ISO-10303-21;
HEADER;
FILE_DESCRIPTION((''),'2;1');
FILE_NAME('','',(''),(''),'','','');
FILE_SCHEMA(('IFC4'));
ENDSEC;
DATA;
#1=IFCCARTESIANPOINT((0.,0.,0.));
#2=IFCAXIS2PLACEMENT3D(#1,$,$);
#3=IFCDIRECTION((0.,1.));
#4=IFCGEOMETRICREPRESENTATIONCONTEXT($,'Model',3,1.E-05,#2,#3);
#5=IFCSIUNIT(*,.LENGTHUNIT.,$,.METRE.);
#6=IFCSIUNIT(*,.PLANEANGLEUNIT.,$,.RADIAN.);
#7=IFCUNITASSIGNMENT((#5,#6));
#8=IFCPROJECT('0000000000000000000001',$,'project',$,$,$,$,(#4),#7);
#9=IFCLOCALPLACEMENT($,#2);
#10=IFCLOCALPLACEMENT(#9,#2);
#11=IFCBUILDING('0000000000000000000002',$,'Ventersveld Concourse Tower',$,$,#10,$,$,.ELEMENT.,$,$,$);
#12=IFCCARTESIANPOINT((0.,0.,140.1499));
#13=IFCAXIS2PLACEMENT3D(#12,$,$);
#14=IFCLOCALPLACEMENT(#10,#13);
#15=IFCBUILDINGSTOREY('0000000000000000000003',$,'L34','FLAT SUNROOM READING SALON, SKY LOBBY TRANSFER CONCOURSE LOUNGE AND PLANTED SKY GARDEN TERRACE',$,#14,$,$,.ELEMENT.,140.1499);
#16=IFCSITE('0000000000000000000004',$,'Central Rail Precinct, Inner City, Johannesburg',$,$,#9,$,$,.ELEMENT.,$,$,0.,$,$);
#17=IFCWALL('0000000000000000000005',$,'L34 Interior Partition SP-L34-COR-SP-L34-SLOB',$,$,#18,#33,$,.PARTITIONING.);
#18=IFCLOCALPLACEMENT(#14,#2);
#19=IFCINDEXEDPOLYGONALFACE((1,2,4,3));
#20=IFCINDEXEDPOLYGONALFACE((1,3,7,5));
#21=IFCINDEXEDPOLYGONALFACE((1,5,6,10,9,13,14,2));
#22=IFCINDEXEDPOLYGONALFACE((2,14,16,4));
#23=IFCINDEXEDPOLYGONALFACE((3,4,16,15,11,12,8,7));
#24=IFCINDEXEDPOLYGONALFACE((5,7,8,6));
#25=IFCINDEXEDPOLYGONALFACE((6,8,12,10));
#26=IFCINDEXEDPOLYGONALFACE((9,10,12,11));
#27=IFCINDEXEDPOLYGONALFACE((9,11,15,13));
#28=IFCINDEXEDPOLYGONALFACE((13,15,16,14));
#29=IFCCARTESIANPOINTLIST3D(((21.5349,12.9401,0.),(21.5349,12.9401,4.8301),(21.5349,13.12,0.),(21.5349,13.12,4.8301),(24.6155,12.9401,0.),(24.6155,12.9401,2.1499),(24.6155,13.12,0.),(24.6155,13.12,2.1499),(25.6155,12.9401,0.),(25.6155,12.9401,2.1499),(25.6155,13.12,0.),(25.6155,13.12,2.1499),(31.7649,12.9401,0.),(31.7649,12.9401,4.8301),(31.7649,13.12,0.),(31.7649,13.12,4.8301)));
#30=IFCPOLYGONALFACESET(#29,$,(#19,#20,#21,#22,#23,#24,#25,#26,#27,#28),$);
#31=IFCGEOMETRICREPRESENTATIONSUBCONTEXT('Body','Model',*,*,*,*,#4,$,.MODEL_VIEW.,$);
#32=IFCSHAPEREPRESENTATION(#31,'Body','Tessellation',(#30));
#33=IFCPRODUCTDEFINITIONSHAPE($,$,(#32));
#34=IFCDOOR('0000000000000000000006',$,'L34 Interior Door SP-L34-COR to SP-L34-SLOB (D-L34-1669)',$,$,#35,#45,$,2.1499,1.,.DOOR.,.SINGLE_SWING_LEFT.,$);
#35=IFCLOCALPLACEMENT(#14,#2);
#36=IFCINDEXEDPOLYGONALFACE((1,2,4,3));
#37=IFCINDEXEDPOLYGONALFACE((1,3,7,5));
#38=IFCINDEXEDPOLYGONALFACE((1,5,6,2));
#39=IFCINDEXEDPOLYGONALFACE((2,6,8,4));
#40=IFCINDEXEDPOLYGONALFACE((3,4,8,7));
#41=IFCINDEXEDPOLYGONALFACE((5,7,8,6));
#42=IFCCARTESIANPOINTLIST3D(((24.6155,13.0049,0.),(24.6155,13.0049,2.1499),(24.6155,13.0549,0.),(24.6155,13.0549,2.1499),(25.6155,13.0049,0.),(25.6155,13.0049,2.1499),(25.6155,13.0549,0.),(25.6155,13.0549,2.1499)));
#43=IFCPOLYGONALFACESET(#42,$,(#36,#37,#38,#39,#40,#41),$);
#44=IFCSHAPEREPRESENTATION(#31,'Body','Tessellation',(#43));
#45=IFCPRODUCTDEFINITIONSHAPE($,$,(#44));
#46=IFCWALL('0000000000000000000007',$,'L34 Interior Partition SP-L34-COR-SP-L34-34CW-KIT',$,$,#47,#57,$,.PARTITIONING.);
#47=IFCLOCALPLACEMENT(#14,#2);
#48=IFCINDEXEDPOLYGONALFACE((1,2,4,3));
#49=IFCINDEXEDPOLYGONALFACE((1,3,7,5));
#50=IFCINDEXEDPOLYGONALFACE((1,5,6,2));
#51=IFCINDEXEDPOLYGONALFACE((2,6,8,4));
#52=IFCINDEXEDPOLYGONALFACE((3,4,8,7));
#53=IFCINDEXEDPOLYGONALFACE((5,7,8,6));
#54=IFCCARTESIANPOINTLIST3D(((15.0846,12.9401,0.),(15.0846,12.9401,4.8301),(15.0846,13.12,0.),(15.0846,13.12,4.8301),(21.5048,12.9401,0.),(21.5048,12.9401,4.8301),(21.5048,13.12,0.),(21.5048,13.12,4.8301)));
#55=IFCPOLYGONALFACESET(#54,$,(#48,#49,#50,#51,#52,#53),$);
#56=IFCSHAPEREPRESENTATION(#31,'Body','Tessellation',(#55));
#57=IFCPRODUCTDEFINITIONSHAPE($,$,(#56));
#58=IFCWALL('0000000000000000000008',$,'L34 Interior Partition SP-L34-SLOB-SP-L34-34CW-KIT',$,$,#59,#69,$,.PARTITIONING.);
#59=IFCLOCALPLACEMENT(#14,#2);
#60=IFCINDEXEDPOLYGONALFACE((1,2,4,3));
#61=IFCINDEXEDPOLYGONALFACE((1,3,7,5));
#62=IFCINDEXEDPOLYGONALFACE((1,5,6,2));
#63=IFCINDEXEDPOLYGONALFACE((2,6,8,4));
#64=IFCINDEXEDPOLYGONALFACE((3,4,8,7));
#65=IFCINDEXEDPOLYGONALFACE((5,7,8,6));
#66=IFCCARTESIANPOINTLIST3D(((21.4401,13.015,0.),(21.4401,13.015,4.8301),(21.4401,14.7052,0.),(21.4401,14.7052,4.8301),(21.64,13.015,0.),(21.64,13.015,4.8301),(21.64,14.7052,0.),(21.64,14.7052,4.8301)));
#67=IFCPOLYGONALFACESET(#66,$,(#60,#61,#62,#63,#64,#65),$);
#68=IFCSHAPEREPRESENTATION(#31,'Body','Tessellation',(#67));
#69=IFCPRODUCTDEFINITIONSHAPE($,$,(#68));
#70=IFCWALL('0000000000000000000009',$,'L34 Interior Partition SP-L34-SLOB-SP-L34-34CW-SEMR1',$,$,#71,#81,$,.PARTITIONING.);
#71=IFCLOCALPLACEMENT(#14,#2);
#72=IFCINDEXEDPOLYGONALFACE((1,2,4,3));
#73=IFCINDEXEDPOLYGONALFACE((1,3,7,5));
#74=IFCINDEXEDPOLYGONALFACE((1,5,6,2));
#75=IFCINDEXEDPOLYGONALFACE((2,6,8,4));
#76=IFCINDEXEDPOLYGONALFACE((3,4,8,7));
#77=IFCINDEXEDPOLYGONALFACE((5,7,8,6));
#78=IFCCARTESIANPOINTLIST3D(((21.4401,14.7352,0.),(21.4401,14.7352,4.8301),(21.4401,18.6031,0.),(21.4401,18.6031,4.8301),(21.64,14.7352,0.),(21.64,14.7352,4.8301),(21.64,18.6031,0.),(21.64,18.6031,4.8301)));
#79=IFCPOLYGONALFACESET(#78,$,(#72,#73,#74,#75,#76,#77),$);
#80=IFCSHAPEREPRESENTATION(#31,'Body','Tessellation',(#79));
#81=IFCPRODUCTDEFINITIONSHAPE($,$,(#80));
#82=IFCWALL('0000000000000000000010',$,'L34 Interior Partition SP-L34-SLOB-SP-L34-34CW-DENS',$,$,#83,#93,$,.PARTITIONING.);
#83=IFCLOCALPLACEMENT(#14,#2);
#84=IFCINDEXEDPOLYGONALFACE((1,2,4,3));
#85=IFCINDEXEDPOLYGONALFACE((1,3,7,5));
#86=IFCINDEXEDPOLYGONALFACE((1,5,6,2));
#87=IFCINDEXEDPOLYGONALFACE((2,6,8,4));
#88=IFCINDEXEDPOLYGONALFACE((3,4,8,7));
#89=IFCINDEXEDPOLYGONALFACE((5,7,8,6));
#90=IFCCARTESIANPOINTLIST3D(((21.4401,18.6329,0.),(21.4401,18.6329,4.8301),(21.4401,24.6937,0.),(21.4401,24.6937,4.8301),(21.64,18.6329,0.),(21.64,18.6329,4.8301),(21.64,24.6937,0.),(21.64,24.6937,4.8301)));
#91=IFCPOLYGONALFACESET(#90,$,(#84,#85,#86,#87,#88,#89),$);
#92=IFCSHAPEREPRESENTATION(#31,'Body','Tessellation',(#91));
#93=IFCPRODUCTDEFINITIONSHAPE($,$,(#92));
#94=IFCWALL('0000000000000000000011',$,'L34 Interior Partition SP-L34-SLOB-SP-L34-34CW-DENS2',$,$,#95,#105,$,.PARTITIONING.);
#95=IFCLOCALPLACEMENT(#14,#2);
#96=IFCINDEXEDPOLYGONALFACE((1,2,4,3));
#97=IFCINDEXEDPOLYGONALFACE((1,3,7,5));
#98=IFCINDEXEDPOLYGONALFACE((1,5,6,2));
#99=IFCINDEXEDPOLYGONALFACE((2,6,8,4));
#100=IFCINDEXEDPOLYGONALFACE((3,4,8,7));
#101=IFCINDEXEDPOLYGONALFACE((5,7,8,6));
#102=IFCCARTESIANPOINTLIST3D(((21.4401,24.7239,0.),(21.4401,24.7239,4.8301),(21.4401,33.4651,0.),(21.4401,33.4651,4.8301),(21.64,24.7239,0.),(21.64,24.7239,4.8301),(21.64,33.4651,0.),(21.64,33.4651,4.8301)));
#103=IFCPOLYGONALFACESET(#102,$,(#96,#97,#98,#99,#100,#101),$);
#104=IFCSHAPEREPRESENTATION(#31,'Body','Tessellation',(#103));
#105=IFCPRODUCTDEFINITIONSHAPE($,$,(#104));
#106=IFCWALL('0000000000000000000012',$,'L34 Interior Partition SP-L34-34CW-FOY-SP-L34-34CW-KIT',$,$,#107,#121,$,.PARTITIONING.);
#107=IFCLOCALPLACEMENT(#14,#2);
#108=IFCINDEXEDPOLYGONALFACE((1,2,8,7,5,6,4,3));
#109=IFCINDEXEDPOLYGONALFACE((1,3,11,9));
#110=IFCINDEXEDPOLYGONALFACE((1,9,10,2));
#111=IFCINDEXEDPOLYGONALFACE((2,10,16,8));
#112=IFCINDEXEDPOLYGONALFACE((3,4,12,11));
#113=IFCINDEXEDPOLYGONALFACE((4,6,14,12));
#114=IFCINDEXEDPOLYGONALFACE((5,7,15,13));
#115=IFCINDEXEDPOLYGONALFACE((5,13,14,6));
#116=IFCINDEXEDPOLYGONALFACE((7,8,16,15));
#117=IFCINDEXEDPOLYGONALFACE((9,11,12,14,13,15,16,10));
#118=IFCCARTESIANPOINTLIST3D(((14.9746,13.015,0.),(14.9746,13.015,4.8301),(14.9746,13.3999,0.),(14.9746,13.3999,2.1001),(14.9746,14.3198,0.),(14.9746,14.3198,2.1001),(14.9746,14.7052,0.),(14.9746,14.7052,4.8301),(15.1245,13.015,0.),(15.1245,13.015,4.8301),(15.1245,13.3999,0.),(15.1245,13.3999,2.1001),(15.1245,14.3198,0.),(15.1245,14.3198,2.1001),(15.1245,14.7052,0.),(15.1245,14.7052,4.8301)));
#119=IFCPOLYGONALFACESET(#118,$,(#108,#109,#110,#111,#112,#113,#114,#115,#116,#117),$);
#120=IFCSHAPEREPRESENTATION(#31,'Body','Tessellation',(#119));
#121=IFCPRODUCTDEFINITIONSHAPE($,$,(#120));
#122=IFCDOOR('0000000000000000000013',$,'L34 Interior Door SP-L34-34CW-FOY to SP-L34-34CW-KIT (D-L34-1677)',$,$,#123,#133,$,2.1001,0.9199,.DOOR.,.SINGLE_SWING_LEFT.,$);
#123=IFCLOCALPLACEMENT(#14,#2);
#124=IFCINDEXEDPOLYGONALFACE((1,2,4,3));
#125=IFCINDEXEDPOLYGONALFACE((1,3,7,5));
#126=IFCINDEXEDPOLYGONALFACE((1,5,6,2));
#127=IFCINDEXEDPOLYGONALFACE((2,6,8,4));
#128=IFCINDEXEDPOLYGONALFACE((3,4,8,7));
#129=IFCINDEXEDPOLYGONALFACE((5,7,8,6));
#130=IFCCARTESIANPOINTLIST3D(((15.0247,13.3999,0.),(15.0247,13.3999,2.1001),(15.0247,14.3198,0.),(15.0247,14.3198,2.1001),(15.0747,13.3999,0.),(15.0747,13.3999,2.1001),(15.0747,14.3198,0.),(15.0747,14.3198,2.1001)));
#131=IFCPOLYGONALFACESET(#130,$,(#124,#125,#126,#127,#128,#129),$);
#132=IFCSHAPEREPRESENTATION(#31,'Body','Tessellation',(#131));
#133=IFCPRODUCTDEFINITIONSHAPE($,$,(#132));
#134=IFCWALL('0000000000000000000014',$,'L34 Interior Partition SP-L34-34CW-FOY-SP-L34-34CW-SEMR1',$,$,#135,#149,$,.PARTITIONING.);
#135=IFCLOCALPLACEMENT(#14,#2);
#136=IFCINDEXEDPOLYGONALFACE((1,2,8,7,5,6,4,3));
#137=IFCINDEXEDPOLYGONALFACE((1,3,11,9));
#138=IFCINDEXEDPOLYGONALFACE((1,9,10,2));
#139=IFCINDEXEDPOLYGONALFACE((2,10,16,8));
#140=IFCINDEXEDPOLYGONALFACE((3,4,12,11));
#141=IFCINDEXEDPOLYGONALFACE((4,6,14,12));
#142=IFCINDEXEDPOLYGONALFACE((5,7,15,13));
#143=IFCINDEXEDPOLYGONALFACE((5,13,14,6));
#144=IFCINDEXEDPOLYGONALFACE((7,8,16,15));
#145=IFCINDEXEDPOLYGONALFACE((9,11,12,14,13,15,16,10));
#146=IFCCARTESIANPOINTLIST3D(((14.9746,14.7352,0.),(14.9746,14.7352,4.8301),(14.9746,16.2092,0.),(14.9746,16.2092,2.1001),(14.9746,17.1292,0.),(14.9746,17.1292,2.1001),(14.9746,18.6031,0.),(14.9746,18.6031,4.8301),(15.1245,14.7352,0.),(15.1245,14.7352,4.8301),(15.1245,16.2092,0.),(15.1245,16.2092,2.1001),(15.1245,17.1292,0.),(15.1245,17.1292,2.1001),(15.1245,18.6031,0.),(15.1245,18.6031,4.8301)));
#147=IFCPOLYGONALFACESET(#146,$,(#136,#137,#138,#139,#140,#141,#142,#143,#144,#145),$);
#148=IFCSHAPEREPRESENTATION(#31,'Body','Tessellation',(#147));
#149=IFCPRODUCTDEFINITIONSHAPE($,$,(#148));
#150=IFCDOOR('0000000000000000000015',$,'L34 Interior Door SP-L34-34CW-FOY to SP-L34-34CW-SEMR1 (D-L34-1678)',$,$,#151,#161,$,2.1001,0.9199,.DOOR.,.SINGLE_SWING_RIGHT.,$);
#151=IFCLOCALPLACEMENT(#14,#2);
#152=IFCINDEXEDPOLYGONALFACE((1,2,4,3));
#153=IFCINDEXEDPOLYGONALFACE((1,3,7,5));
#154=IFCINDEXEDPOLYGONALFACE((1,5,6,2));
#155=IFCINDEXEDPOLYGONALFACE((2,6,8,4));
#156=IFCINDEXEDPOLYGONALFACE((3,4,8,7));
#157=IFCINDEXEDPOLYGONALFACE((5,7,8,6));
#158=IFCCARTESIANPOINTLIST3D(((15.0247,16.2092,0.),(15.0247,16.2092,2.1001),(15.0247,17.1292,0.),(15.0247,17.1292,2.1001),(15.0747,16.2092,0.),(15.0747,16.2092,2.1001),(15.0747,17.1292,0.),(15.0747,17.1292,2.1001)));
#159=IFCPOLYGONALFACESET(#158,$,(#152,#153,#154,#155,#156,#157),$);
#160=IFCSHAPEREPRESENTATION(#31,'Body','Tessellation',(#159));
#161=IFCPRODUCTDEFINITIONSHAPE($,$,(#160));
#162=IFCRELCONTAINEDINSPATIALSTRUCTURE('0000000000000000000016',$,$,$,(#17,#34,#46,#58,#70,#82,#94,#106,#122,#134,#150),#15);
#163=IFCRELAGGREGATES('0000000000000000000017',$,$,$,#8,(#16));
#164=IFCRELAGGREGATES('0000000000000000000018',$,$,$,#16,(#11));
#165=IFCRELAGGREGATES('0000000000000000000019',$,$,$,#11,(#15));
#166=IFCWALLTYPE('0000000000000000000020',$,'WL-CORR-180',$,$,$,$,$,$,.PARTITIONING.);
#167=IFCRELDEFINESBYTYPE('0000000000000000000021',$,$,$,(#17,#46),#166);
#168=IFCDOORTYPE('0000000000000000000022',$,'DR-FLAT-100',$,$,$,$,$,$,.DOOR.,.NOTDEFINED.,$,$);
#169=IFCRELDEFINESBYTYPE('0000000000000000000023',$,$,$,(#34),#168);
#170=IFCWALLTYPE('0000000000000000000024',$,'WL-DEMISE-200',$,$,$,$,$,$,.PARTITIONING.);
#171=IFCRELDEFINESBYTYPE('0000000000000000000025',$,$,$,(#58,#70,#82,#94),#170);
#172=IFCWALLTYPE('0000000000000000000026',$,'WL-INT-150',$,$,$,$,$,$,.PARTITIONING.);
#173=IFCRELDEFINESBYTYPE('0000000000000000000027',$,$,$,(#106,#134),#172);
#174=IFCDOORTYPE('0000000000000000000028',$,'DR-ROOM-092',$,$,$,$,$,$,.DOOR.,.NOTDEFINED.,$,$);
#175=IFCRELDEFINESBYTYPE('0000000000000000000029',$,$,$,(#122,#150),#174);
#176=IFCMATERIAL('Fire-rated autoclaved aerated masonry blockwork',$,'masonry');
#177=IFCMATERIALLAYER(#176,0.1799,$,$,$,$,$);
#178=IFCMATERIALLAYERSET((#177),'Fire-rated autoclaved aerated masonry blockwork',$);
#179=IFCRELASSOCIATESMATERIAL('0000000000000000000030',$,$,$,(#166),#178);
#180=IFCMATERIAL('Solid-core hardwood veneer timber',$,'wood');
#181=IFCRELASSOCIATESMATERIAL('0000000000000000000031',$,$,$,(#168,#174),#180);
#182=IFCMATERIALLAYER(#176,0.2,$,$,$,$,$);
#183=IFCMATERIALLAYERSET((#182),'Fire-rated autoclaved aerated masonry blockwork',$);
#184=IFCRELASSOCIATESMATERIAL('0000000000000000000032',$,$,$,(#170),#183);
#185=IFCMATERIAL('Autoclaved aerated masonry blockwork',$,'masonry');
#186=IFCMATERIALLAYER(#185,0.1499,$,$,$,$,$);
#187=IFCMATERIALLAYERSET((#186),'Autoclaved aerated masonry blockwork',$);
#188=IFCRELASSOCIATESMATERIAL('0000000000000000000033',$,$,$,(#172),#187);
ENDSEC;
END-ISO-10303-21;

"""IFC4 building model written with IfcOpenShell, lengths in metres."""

from ifc_helpers import new_model, si_unit, direction, frame, frame_2d, origin, place, context, subcontext, project, spatial, rectangle, extrude, material, layer, layer_set, type_object, element, fill, save


model = new_model("IFC4")

# Units and contexts
model_context = context("Model", 3, precision=1e-05, world=origin(), true_north=direction((0.0, 1.0)))
body_context = subcontext(model_context, "Body", "Model", "MODEL_VIEW")
ifc_project = project(units=[si_unit("LENGTHUNIT", "METRE"), si_unit("PLANEANGLEUNIT", "RADIAN")], contexts=[model_context])

# Site, building, storey
site_placement = place(None, origin())
site = spatial("IfcSite", under=ifc_project, at=site_placement, Name="Central Rail Precinct, Inner City, Johannesburg", CompositionType="ELEMENT", RefElevation=0.0)
building_placement = place(site_placement, origin())
building = spatial("IfcBuilding", under=site, at=building_placement, Name="Ventersveld Concourse Tower", CompositionType="ELEMENT")
storey_placement = place(building_placement, frame((0.0, 0.0, 140.1499)))
storey = spatial("IfcBuildingStorey", under=building, at=storey_placement, Name="L34", Description="FLAT SUNROOM READING SALON, SKY LOBBY TRANSFER CONCOURSE LOUNGE AND PLANTED SKY GARDEN TERRACE", CompositionType="ELEMENT", Elevation=140.1499)

# Wall, opening, door
ifc_material_1 = material(Name="Fire-rated autoclaved aerated masonry blockwork", Category="masonry")
ifc_layer_1 = layer(ifc_material_1, 0.1799)
ifc_layer_set_1 = layer_set([ifc_layer_1], Name="Fire-rated autoclaved aerated masonry blockwork")
wall_type_1 = type_object("IfcWallType", Name="WL-CORR-180", PredefinedType="PARTITIONING", material=ifc_layer_set_1)
wall_1_placement = place(storey_placement, frame((21.5349, 13.03, 0.0), z_axis=(0.0, 0.0, 1.0), x_axis=(1.0, 0.0, 0.0)))
wall_1 = element("IfcWall", 1, at=wall_1_placement, inside=storey, type_object=wall_type_1, Name="L34 Interior Partition SP-L34-COR-SP-L34-SLOB", PredefinedType="PARTITIONING", context=body_context, shape_type="SweptSolid", body=[
    extrude(rectangle(XDim=10.23, YDim=0.1799, at=frame_2d((5.115, 0.0))), origin(), (0.0, 0.0, 1.0), 4.8301),
])
opening_1_placement = place(wall_1_placement, frame((3.0806, 0.0, 0.0)))
opening_1 = element("IfcOpeningElement", 2, at=opening_1_placement, cuts=wall_1, PredefinedType="OPENING", context=body_context, shape_type="SweptSolid", body=[
    extrude(rectangle(XDim=1.0, YDim=2.1499, at=frame_2d((0.5, 1.075))), frame((0.0, 0.1001, 0.0), z_axis=(0.0, -1.0, 0.0), x_axis=(1.0, 0.0, 0.0)), (0.0, 0.0, 1.0), 0.2),
])
ifc_material_2 = material(Name="Solid-core hardwood veneer timber", Category="wood")
door_type_1 = type_object("IfcDoorType", Name="DR-FLAT-100", OperationType="NOTDEFINED", PredefinedType="DOOR", material=ifc_material_2)
door_1_placement = place(opening_1_placement, origin())
door_1 = element("IfcDoor", 3, at=door_1_placement, inside=storey, type_object=door_type_1, Name="L34 Interior Door SP-L34-COR to SP-L34-SLOB (D-L34-1669)", OperationType="SINGLE_SWING_LEFT", OverallHeight=2.1499, OverallWidth=1.0, PredefinedType="DOOR", context=body_context, shape_type="SweptSolid", body=[
    extrude(rectangle(XDim=1.0, YDim=2.1499, at=frame_2d((0.5, 1.075))), frame((0.0, 0.0249, 0.0), z_axis=(0.0, -1.0, 0.0), x_axis=(1.0, 0.0, 0.0)), (0.0, 0.0, 1.0), 0.05),
])
fill(opening_1, door_1)

# Walls
wall_2_placement = place(storey_placement, frame((15.0847, 13.03, 0.0), z_axis=(0.0, 0.0, 1.0), x_axis=(1.0, 0.0, 0.0)))
element("IfcWall", 4, at=wall_2_placement, inside=storey, type_object=wall_type_1, Name="L34 Interior Partition SP-L34-COR-SP-L34-34CW-KIT", PredefinedType="PARTITIONING", context=body_context, shape_type="SweptSolid", body=[
    extrude(rectangle(XDim=6.4202, YDim=0.1799, at=frame_2d((3.21, 0.0))), origin(), (0.0, 0.0, 1.0), 4.8301),
])
ifc_layer_2 = layer(ifc_material_1, 0.2)
ifc_layer_set_2 = layer_set([ifc_layer_2], Name="Fire-rated autoclaved aerated masonry blockwork")
wall_type_2 = type_object("IfcWallType", Name="WL-DEMISE-200", PredefinedType="PARTITIONING", material=ifc_layer_set_2)
wall_3_placement = place(storey_placement, frame((21.54, 13.0149, 0.0), z_axis=(0.0, 0.0, 1.0), x_axis=(0.0, 1.0, 0.0)))
element("IfcWall", 5, at=wall_3_placement, inside=storey, type_object=wall_type_2, Name="L34 Interior Partition SP-L34-SLOB-SP-L34-34CW-KIT", PredefinedType="PARTITIONING", context=body_context, shape_type="SweptSolid", body=[
    extrude(rectangle(XDim=1.6902, YDim=0.2, at=frame_2d((0.8452, 0.0))), origin(), (0.0, 0.0, 1.0), 4.8301),
])
wall_4_placement = place(storey_placement, frame((21.54, 14.7351, 0.0), z_axis=(0.0, 0.0, 1.0), x_axis=(0.0, 1.0, 0.0)))
element("IfcWall", 6, at=wall_4_placement, inside=storey, type_object=wall_type_2, Name="L34 Interior Partition SP-L34-SLOB-SP-L34-34CW-SEMR1", PredefinedType="PARTITIONING", context=body_context, shape_type="SweptSolid", body=[
    extrude(rectangle(XDim=3.8679, YDim=0.2, at=frame_2d((1.9341, 0.0))), origin(), (0.0, 0.0, 1.0), 4.8301),
])
wall_5_placement = place(storey_placement, frame((21.54, 18.6331, 0.0), z_axis=(0.0, 0.0, 1.0), x_axis=(0.0, 1.0, 0.0)))
element("IfcWall", 7, at=wall_5_placement, inside=storey, type_object=wall_type_2, Name="L34 Interior Partition SP-L34-SLOB-SP-L34-34CW-DENS", PredefinedType="PARTITIONING", context=body_context, shape_type="SweptSolid", body=[
    extrude(rectangle(XDim=6.0608, YDim=0.2, at=frame_2d((3.0303, 0.0))), origin(), (0.0, 0.0, 1.0), 4.8301),
])
wall_6_placement = place(storey_placement, frame((21.54, 24.7239, 0.0), z_axis=(0.0, 0.0, 1.0), x_axis=(0.0, 1.0, 0.0)))
element("IfcWall", 8, at=wall_6_placement, inside=storey, type_object=wall_type_2, Name="L34 Interior Partition SP-L34-SLOB-SP-L34-34CW-DENS2", PredefinedType="PARTITIONING", context=body_context, shape_type="SweptSolid", body=[
    extrude(rectangle(XDim=8.7412, YDim=0.2, at=frame_2d((4.3706, 0.0))), origin(), (0.0, 0.0, 1.0), 4.8301),
])

# Walls, openings, doors
ifc_material_3 = material(Name="Autoclaved aerated masonry blockwork", Category="masonry")
ifc_layer_3 = layer(ifc_material_3, 0.1499)
ifc_layer_set_3 = layer_set([ifc_layer_3], Name="Autoclaved aerated masonry blockwork")
wall_type_3 = type_object("IfcWallType", Name="WL-INT-150", PredefinedType="PARTITIONING", material=ifc_layer_set_3)
wall_7_placement = place(storey_placement, frame((15.0496, 13.0149, 0.0), z_axis=(0.0, 0.0, 1.0), x_axis=(0.0, 1.0, 0.0)))
wall_7 = element("IfcWall", 9, at=wall_7_placement, inside=storey, type_object=wall_type_3, Name="L34 Interior Partition SP-L34-34CW-FOY-SP-L34-34CW-KIT", PredefinedType="PARTITIONING", context=body_context, shape_type="SweptSolid", body=[
    extrude(rectangle(XDim=1.6902, YDim=0.1499, at=frame_2d((0.8452, 0.0))), origin(), (0.0, 0.0, 1.0), 4.8301),
])
opening_2_placement = place(wall_7_placement, frame((0.385, 0.0, 0.0)))
opening_2 = element("IfcOpeningElement", 10, at=opening_2_placement, cuts=wall_7, PredefinedType="OPENING", context=body_context, shape_type="SweptSolid", body=[
    extrude(rectangle(XDim=0.9199, YDim=2.1001, at=frame_2d((0.46, 1.05))), frame((0.0, 0.085, 0.0), z_axis=(0.0, -1.0, 0.0), x_axis=(1.0, 0.0, 0.0)), (0.0, 0.0, 1.0), 0.1699),
])
door_type_2 = type_object("IfcDoorType", Name="DR-ROOM-092", OperationType="NOTDEFINED", PredefinedType="DOOR", material=ifc_material_2)
door_2_placement = place(opening_2_placement, origin())
door_2 = element("IfcDoor", 11, at=door_2_placement, inside=storey, type_object=door_type_2, Name="L34 Interior Door SP-L34-34CW-FOY to SP-L34-34CW-KIT (D-L34-1677)", OperationType="SINGLE_SWING_LEFT", OverallHeight=2.1001, OverallWidth=0.9199, PredefinedType="DOOR", context=body_context, shape_type="SweptSolid", body=[
    extrude(rectangle(XDim=0.9199, YDim=2.1001, at=frame_2d((0.46, 1.05))), frame((0.0, 0.0249, 0.0), z_axis=(0.0, -1.0, 0.0), x_axis=(1.0, 0.0, 0.0)), (0.0, 0.0, 1.0), 0.05),
])
fill(opening_2, door_2)
wall_8_placement = place(storey_placement, frame((15.0496, 14.7351, 0.0), z_axis=(0.0, 0.0, 1.0), x_axis=(0.0, 1.0, 0.0)))
wall_8 = element("IfcWall", 12, at=wall_8_placement, inside=storey, type_object=wall_type_3, Name="L34 Interior Partition SP-L34-34CW-FOY-SP-L34-34CW-SEMR1", PredefinedType="PARTITIONING", context=body_context, shape_type="SweptSolid", body=[
    extrude(rectangle(XDim=3.8679, YDim=0.1499, at=frame_2d((1.9341, 0.0))), origin(), (0.0, 0.0, 1.0), 4.8301),
])
opening_3_placement = place(wall_8_placement, frame((1.4741, 0.0, 0.0)))
opening_3 = element("IfcOpeningElement", 13, at=opening_3_placement, cuts=wall_8, PredefinedType="OPENING", context=body_context, shape_type="SweptSolid", body=[
    extrude(rectangle(XDim=0.9199, YDim=2.1001, at=frame_2d((0.46, 1.05))), frame((0.0, 0.085, 0.0), z_axis=(0.0, -1.0, 0.0), x_axis=(1.0, 0.0, 0.0)), (0.0, 0.0, 1.0), 0.1699),
])
door_3_placement = place(opening_3_placement, origin())
door_3 = element("IfcDoor", 14, at=door_3_placement, inside=storey, type_object=door_type_2, Name="L34 Interior Door SP-L34-34CW-FOY to SP-L34-34CW-SEMR1 (D-L34-1678)", OperationType="SINGLE_SWING_RIGHT", OverallHeight=2.1001, OverallWidth=0.9199, PredefinedType="DOOR", context=body_context, shape_type="SweptSolid", body=[
    extrude(rectangle(XDim=0.9199, YDim=2.1001, at=frame_2d((0.46, 1.05))), frame((0.0, 0.0249, 0.0), z_axis=(0.0, -1.0, 0.0), x_axis=(1.0, 0.0, 0.0)), (0.0, 0.0, 1.0), 0.05),
])
fill(opening_3, door_3)

save(model, "model.ifc")
